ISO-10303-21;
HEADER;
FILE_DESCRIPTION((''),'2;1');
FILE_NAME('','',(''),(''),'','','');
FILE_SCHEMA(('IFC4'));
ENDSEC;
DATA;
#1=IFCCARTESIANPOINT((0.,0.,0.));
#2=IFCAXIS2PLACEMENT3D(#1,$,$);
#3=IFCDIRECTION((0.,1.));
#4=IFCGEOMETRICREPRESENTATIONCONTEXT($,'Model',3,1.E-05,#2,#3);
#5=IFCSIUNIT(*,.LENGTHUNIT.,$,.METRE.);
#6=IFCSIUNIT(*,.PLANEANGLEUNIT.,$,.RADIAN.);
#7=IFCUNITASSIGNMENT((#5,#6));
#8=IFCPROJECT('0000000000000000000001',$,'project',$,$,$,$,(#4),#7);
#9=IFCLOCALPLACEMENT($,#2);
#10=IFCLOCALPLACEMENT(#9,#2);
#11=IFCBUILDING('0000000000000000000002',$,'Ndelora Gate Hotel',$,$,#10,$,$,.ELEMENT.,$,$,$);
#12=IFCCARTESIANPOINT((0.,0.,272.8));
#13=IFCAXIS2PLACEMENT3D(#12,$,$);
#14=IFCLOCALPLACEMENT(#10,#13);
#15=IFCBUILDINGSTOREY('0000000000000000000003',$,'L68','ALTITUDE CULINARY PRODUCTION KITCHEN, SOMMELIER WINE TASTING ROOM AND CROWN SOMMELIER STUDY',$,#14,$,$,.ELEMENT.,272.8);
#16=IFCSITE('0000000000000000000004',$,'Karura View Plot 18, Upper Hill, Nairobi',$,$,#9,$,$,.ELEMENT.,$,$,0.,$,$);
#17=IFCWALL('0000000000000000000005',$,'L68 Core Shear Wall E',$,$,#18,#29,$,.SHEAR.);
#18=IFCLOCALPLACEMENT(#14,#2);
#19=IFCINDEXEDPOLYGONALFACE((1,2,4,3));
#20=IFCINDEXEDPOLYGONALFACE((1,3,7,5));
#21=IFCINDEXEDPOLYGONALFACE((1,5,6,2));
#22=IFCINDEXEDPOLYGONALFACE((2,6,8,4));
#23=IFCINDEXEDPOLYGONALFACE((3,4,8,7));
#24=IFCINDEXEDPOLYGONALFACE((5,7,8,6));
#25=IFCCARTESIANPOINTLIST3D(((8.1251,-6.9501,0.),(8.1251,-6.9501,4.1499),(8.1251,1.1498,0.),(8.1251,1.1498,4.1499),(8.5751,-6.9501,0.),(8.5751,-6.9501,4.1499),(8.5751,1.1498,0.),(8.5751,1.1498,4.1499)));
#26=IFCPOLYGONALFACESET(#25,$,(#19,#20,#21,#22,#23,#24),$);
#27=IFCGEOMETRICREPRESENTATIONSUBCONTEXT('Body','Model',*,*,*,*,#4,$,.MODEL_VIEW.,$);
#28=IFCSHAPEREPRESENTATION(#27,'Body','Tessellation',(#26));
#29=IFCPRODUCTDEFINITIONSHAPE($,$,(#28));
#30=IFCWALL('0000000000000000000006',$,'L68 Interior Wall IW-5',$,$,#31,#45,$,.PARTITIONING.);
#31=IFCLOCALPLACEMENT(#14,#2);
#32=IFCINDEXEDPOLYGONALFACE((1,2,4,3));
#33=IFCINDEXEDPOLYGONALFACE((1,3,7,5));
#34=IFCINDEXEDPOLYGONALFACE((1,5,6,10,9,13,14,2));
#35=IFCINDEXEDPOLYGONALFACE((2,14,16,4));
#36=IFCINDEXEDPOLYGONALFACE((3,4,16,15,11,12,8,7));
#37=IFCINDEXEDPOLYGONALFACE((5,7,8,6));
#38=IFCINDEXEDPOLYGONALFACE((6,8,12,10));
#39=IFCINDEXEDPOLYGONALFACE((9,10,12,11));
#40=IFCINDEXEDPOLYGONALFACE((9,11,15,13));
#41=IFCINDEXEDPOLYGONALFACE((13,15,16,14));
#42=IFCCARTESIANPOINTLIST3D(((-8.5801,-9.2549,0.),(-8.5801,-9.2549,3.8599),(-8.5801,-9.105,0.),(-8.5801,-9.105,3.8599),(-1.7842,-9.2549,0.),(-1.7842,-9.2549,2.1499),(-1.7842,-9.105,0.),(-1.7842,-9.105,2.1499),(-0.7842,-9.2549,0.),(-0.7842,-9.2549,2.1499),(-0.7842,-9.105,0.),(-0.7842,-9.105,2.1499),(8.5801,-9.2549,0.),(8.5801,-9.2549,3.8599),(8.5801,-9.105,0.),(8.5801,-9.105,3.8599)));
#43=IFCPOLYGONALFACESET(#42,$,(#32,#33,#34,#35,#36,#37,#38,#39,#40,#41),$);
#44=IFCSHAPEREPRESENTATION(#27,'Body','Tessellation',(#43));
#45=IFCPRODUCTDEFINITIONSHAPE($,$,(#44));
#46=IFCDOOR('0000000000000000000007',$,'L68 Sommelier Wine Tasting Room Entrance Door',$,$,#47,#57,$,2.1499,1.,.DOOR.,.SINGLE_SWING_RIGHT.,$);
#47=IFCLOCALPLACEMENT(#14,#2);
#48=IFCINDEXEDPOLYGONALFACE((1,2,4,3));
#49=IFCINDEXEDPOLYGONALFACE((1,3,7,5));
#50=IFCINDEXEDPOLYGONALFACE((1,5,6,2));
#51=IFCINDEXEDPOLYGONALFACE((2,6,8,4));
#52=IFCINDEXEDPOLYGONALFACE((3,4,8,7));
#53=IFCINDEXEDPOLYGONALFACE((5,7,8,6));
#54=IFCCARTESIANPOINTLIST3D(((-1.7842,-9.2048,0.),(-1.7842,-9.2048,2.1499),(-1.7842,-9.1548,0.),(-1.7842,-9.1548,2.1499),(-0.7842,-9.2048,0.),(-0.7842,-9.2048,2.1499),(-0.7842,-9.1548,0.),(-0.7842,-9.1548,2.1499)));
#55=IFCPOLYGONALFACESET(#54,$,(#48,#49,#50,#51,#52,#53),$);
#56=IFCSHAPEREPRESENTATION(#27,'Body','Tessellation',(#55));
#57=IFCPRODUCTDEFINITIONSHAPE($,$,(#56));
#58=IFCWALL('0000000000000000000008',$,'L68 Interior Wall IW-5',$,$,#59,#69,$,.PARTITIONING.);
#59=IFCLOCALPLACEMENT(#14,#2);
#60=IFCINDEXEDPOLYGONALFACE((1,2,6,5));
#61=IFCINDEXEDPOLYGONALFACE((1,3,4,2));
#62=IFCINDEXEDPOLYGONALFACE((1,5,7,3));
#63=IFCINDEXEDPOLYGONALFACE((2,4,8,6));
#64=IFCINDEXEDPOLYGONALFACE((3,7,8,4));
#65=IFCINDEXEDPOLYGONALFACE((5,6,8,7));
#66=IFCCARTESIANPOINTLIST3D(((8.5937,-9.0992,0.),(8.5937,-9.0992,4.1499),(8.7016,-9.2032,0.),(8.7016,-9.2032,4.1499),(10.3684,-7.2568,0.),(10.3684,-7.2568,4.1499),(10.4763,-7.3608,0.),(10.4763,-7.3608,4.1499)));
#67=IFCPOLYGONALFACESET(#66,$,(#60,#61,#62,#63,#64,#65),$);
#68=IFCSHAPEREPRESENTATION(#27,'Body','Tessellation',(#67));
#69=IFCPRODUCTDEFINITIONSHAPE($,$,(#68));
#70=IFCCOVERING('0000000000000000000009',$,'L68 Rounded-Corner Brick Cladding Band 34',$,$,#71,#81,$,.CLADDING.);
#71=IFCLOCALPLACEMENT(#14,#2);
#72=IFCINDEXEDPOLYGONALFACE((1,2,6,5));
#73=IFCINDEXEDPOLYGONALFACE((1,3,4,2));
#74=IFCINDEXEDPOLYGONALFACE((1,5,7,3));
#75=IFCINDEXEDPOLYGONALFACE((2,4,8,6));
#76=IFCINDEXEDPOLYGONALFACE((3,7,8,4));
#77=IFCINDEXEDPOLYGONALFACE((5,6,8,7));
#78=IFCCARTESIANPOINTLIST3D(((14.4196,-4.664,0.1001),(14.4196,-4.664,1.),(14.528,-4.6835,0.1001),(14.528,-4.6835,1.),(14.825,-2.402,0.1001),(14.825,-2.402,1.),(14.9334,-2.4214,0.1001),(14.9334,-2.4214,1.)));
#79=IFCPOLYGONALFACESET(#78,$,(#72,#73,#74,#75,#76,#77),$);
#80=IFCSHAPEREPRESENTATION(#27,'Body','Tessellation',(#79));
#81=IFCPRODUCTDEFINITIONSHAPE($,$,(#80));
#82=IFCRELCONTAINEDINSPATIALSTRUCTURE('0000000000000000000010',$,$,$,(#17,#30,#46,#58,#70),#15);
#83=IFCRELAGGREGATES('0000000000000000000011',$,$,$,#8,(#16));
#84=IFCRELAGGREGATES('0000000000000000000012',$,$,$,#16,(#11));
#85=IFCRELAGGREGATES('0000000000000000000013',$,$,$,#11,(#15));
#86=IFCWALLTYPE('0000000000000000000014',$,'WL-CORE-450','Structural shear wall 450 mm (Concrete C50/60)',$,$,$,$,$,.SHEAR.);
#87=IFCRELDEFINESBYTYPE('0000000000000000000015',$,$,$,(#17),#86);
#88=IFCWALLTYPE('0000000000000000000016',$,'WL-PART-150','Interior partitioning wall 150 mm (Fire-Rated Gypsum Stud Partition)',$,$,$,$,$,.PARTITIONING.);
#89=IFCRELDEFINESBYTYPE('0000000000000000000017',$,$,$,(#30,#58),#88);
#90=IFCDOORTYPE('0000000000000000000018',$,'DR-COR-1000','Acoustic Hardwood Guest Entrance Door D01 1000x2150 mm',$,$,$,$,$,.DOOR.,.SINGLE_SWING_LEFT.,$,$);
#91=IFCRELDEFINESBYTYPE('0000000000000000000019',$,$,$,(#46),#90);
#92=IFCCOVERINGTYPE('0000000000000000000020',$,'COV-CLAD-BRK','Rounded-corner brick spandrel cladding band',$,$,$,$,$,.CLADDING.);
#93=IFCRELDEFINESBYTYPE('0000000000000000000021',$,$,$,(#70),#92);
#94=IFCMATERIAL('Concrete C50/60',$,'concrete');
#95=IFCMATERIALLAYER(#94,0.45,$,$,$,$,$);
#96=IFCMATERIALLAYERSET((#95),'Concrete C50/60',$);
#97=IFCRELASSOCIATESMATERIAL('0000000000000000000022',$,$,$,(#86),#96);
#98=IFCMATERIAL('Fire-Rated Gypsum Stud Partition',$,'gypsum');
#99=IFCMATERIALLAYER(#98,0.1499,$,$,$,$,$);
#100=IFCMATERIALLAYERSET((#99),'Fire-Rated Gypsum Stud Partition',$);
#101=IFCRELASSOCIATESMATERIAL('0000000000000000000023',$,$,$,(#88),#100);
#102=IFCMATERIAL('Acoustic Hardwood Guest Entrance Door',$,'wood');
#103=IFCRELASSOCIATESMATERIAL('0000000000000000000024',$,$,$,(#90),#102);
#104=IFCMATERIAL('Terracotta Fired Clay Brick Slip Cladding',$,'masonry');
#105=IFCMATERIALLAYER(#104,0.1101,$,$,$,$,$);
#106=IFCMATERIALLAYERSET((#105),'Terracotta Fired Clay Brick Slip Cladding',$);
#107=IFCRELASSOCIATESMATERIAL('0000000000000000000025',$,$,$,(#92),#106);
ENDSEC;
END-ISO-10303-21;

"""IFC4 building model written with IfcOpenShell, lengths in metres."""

from ifc_helpers import new_model, si_unit, direction, frame, frame_2d, origin, origin_2d, place, context, subcontext, project, spatial, rectangle, extrude, material, layer, layer_set, type_object, element, fill, save


model = new_model("IFC4")

# Units and contexts
model_context = context("Model", 3, precision=1e-05, world=origin(), true_north=direction((0.0, 1.0)))
body_context = subcontext(model_context, "Body", "Model", "MODEL_VIEW")
ifc_project = project(units=[si_unit("LENGTHUNIT", "METRE"), si_unit("PLANEANGLEUNIT", "RADIAN")], contexts=[model_context])

# Site, building, storey
site_placement = place(None, origin())
site = spatial("IfcSite", under=ifc_project, at=site_placement, Name="Karura View Plot 18, Upper Hill, Nairobi", CompositionType="ELEMENT", RefElevation=0.0)
building_placement = place(site_placement, origin())
building = spatial("IfcBuilding", under=site, at=building_placement, Name="Ndelora Gate Hotel", CompositionType="ELEMENT")
storey_placement = place(building_placement, frame((0.0, 0.0, 272.8)))
storey = spatial("IfcBuildingStorey", under=building, at=storey_placement, Name="L68", Description="ALTITUDE CULINARY PRODUCTION KITCHEN, SOMMELIER WINE TASTING ROOM AND CROWN SOMMELIER STUDY", CompositionType="ELEMENT", Elevation=272.8)

# Shared definitions
ifc_material_1 = material(Name="Concrete C50/60", Category="concrete")

# Wall
ifc_layer_1 = layer(ifc_material_1, 0.45)
ifc_layer_set_1 = layer_set([ifc_layer_1], Name="Concrete C50/60")
wall_type_1 = type_object("IfcWallType", Name="WL-CORE-450", Description="Structural shear wall 450 mm (Concrete C50/60)", PredefinedType="SHEAR", material=ifc_layer_set_1)
wall_1_placement = place(storey_placement, frame((8.3501, -6.95, 0.0), z_axis=(0.0, 0.0, 1.0), x_axis=(0.0, 1.0, 0.0)))
element("IfcWall", 1, at=wall_1_placement, inside=storey, type_object=wall_type_1, Name="L68 Core Shear Wall E", PredefinedType="SHEAR", context=body_context, shape_type="SweptSolid", body=[
    extrude(rectangle(XDim=8.0999, YDim=0.45, at=frame_2d((4.0498, 0.0))), origin(), (0.0, 0.0, 1.0), 4.1499),
])

# Wall, opening, door
ifc_material_2 = material(Name="Fire-Rated Gypsum Stud Partition", Category="gypsum")
ifc_layer_2 = layer(ifc_material_2, 0.1499)
ifc_layer_set_2 = layer_set([ifc_layer_2], Name="Fire-Rated Gypsum Stud Partition")
wall_type_2 = type_object("IfcWallType", Name="WL-PART-150", Description="Interior partitioning wall 150 mm (Fire-Rated Gypsum Stud Partition)", PredefinedType="PARTITIONING", material=ifc_layer_set_2)
wall_2_placement = place(storey_placement, frame((8.5801, -9.1799, 0.0), z_axis=(0.0, 0.0, 1.0), x_axis=(-1.0, 0.0, 0.0)))
wall_2 = element("IfcWall", 2, at=wall_2_placement, inside=storey, type_object=wall_type_2, Name="L68 Interior Wall IW-5", PredefinedType="PARTITIONING", context=body_context, shape_type="SweptSolid", body=[
    extrude(rectangle(XDim=17.1602, YDim=0.1499, at=frame_2d((8.5801, 0.0))), origin(), (0.0, 0.0, 1.0), 3.8599),
])
opening_1_placement = place(wall_2_placement, frame((9.3643, 0.0, 0.0)))
opening_1 = element("IfcOpeningElement", 3, at=opening_1_placement, cuts=wall_2, PredefinedType="OPENING", context=body_context, shape_type="SweptSolid", body=[
    extrude(rectangle(XDim=1.0, YDim=2.1499, at=frame_2d((0.5, 1.075))), frame((0.0, 0.085, 0.0), z_axis=(0.0, -1.0, 0.0), x_axis=(1.0, 0.0, 0.0)), (0.0, 0.0, 1.0), 0.1699),
])
ifc_material_3 = material(Name="Acoustic Hardwood Guest Entrance Door", Category="wood")
door_type = type_object("IfcDoorType", Name="DR-COR-1000", Description="Acoustic Hardwood Guest Entrance Door D01 1000x2150 mm", OperationType="SINGLE_SWING_LEFT", PredefinedType="DOOR", material=ifc_material_3)
door_placement = place(opening_1_placement, origin())
door = element("IfcDoor", 4, at=door_placement, inside=storey, type_object=door_type, Name="L68 Sommelier Wine Tasting Room Entrance Door", OperationType="SINGLE_SWING_RIGHT", OverallHeight=2.1499, OverallWidth=1.0, PredefinedType="DOOR", context=body_context, shape_type="SweptSolid", body=[
    extrude(rectangle(XDim=1.0, YDim=2.1499, at=frame_2d((0.5, 1.075))), frame((0.0, 0.0249, 0.0), z_axis=(0.0, -1.0, 0.0), x_axis=(1.0, 0.0, 0.0)), (0.0, 0.0, 1.0), 0.05),
])
fill(opening_1, door)

# Wall
wall_3_placement = place(storey_placement, frame((10.4224, -7.3088, 0.0), z_axis=(0.0, 0.0, 1.0), x_axis=(-0.693765, -0.720202, 0.0)))
element("IfcWall", 5, at=wall_3_placement, inside=storey, type_object=wall_type_2, Name="L68 Interior Wall IW-5", PredefinedType="PARTITIONING", context=body_context, shape_type="SweptSolid", body=[
    extrude(rectangle(XDim=2.5581, YDim=0.1499, at=frame_2d((1.2791, 0.0))), origin(), (0.0, 0.0, 1.0), 4.1499),
])

# Covering
ifc_material_4 = material(Name="Terracotta Fired Clay Brick Slip Cladding", Category="masonry")
ifc_layer_3 = layer(ifc_material_4, 0.1101)
ifc_layer_set_3 = layer_set([ifc_layer_3], Name="Terracotta Fired Clay Brick Slip Cladding")
covering_type = type_object("IfcCoveringType", Name="COV-CLAD-BRK", Description="Rounded-corner brick spandrel cladding band", PredefinedType="CLADDING", material=ifc_layer_set_3)
covering_placement = place(storey_placement, frame((14.6765, -3.5427, 0.1001), z_axis=(0.0, 0.0, 1.0), x_axis=(0.176398, 0.984319, 0.0)))
element("IfcCovering", 6, at=covering_placement, inside=storey, type_object=covering_type, Name="L68 Rounded-Corner Brick Cladding Band 34", PredefinedType="CLADDING", context=body_context, shape_type="SweptSolid", body=[
    extrude(rectangle(XDim=2.2981, YDim=0.1101, at=origin_2d()), origin(), (0.0, 0.0, 1.0), 0.8999),
])

save(model, "model.ifc")
